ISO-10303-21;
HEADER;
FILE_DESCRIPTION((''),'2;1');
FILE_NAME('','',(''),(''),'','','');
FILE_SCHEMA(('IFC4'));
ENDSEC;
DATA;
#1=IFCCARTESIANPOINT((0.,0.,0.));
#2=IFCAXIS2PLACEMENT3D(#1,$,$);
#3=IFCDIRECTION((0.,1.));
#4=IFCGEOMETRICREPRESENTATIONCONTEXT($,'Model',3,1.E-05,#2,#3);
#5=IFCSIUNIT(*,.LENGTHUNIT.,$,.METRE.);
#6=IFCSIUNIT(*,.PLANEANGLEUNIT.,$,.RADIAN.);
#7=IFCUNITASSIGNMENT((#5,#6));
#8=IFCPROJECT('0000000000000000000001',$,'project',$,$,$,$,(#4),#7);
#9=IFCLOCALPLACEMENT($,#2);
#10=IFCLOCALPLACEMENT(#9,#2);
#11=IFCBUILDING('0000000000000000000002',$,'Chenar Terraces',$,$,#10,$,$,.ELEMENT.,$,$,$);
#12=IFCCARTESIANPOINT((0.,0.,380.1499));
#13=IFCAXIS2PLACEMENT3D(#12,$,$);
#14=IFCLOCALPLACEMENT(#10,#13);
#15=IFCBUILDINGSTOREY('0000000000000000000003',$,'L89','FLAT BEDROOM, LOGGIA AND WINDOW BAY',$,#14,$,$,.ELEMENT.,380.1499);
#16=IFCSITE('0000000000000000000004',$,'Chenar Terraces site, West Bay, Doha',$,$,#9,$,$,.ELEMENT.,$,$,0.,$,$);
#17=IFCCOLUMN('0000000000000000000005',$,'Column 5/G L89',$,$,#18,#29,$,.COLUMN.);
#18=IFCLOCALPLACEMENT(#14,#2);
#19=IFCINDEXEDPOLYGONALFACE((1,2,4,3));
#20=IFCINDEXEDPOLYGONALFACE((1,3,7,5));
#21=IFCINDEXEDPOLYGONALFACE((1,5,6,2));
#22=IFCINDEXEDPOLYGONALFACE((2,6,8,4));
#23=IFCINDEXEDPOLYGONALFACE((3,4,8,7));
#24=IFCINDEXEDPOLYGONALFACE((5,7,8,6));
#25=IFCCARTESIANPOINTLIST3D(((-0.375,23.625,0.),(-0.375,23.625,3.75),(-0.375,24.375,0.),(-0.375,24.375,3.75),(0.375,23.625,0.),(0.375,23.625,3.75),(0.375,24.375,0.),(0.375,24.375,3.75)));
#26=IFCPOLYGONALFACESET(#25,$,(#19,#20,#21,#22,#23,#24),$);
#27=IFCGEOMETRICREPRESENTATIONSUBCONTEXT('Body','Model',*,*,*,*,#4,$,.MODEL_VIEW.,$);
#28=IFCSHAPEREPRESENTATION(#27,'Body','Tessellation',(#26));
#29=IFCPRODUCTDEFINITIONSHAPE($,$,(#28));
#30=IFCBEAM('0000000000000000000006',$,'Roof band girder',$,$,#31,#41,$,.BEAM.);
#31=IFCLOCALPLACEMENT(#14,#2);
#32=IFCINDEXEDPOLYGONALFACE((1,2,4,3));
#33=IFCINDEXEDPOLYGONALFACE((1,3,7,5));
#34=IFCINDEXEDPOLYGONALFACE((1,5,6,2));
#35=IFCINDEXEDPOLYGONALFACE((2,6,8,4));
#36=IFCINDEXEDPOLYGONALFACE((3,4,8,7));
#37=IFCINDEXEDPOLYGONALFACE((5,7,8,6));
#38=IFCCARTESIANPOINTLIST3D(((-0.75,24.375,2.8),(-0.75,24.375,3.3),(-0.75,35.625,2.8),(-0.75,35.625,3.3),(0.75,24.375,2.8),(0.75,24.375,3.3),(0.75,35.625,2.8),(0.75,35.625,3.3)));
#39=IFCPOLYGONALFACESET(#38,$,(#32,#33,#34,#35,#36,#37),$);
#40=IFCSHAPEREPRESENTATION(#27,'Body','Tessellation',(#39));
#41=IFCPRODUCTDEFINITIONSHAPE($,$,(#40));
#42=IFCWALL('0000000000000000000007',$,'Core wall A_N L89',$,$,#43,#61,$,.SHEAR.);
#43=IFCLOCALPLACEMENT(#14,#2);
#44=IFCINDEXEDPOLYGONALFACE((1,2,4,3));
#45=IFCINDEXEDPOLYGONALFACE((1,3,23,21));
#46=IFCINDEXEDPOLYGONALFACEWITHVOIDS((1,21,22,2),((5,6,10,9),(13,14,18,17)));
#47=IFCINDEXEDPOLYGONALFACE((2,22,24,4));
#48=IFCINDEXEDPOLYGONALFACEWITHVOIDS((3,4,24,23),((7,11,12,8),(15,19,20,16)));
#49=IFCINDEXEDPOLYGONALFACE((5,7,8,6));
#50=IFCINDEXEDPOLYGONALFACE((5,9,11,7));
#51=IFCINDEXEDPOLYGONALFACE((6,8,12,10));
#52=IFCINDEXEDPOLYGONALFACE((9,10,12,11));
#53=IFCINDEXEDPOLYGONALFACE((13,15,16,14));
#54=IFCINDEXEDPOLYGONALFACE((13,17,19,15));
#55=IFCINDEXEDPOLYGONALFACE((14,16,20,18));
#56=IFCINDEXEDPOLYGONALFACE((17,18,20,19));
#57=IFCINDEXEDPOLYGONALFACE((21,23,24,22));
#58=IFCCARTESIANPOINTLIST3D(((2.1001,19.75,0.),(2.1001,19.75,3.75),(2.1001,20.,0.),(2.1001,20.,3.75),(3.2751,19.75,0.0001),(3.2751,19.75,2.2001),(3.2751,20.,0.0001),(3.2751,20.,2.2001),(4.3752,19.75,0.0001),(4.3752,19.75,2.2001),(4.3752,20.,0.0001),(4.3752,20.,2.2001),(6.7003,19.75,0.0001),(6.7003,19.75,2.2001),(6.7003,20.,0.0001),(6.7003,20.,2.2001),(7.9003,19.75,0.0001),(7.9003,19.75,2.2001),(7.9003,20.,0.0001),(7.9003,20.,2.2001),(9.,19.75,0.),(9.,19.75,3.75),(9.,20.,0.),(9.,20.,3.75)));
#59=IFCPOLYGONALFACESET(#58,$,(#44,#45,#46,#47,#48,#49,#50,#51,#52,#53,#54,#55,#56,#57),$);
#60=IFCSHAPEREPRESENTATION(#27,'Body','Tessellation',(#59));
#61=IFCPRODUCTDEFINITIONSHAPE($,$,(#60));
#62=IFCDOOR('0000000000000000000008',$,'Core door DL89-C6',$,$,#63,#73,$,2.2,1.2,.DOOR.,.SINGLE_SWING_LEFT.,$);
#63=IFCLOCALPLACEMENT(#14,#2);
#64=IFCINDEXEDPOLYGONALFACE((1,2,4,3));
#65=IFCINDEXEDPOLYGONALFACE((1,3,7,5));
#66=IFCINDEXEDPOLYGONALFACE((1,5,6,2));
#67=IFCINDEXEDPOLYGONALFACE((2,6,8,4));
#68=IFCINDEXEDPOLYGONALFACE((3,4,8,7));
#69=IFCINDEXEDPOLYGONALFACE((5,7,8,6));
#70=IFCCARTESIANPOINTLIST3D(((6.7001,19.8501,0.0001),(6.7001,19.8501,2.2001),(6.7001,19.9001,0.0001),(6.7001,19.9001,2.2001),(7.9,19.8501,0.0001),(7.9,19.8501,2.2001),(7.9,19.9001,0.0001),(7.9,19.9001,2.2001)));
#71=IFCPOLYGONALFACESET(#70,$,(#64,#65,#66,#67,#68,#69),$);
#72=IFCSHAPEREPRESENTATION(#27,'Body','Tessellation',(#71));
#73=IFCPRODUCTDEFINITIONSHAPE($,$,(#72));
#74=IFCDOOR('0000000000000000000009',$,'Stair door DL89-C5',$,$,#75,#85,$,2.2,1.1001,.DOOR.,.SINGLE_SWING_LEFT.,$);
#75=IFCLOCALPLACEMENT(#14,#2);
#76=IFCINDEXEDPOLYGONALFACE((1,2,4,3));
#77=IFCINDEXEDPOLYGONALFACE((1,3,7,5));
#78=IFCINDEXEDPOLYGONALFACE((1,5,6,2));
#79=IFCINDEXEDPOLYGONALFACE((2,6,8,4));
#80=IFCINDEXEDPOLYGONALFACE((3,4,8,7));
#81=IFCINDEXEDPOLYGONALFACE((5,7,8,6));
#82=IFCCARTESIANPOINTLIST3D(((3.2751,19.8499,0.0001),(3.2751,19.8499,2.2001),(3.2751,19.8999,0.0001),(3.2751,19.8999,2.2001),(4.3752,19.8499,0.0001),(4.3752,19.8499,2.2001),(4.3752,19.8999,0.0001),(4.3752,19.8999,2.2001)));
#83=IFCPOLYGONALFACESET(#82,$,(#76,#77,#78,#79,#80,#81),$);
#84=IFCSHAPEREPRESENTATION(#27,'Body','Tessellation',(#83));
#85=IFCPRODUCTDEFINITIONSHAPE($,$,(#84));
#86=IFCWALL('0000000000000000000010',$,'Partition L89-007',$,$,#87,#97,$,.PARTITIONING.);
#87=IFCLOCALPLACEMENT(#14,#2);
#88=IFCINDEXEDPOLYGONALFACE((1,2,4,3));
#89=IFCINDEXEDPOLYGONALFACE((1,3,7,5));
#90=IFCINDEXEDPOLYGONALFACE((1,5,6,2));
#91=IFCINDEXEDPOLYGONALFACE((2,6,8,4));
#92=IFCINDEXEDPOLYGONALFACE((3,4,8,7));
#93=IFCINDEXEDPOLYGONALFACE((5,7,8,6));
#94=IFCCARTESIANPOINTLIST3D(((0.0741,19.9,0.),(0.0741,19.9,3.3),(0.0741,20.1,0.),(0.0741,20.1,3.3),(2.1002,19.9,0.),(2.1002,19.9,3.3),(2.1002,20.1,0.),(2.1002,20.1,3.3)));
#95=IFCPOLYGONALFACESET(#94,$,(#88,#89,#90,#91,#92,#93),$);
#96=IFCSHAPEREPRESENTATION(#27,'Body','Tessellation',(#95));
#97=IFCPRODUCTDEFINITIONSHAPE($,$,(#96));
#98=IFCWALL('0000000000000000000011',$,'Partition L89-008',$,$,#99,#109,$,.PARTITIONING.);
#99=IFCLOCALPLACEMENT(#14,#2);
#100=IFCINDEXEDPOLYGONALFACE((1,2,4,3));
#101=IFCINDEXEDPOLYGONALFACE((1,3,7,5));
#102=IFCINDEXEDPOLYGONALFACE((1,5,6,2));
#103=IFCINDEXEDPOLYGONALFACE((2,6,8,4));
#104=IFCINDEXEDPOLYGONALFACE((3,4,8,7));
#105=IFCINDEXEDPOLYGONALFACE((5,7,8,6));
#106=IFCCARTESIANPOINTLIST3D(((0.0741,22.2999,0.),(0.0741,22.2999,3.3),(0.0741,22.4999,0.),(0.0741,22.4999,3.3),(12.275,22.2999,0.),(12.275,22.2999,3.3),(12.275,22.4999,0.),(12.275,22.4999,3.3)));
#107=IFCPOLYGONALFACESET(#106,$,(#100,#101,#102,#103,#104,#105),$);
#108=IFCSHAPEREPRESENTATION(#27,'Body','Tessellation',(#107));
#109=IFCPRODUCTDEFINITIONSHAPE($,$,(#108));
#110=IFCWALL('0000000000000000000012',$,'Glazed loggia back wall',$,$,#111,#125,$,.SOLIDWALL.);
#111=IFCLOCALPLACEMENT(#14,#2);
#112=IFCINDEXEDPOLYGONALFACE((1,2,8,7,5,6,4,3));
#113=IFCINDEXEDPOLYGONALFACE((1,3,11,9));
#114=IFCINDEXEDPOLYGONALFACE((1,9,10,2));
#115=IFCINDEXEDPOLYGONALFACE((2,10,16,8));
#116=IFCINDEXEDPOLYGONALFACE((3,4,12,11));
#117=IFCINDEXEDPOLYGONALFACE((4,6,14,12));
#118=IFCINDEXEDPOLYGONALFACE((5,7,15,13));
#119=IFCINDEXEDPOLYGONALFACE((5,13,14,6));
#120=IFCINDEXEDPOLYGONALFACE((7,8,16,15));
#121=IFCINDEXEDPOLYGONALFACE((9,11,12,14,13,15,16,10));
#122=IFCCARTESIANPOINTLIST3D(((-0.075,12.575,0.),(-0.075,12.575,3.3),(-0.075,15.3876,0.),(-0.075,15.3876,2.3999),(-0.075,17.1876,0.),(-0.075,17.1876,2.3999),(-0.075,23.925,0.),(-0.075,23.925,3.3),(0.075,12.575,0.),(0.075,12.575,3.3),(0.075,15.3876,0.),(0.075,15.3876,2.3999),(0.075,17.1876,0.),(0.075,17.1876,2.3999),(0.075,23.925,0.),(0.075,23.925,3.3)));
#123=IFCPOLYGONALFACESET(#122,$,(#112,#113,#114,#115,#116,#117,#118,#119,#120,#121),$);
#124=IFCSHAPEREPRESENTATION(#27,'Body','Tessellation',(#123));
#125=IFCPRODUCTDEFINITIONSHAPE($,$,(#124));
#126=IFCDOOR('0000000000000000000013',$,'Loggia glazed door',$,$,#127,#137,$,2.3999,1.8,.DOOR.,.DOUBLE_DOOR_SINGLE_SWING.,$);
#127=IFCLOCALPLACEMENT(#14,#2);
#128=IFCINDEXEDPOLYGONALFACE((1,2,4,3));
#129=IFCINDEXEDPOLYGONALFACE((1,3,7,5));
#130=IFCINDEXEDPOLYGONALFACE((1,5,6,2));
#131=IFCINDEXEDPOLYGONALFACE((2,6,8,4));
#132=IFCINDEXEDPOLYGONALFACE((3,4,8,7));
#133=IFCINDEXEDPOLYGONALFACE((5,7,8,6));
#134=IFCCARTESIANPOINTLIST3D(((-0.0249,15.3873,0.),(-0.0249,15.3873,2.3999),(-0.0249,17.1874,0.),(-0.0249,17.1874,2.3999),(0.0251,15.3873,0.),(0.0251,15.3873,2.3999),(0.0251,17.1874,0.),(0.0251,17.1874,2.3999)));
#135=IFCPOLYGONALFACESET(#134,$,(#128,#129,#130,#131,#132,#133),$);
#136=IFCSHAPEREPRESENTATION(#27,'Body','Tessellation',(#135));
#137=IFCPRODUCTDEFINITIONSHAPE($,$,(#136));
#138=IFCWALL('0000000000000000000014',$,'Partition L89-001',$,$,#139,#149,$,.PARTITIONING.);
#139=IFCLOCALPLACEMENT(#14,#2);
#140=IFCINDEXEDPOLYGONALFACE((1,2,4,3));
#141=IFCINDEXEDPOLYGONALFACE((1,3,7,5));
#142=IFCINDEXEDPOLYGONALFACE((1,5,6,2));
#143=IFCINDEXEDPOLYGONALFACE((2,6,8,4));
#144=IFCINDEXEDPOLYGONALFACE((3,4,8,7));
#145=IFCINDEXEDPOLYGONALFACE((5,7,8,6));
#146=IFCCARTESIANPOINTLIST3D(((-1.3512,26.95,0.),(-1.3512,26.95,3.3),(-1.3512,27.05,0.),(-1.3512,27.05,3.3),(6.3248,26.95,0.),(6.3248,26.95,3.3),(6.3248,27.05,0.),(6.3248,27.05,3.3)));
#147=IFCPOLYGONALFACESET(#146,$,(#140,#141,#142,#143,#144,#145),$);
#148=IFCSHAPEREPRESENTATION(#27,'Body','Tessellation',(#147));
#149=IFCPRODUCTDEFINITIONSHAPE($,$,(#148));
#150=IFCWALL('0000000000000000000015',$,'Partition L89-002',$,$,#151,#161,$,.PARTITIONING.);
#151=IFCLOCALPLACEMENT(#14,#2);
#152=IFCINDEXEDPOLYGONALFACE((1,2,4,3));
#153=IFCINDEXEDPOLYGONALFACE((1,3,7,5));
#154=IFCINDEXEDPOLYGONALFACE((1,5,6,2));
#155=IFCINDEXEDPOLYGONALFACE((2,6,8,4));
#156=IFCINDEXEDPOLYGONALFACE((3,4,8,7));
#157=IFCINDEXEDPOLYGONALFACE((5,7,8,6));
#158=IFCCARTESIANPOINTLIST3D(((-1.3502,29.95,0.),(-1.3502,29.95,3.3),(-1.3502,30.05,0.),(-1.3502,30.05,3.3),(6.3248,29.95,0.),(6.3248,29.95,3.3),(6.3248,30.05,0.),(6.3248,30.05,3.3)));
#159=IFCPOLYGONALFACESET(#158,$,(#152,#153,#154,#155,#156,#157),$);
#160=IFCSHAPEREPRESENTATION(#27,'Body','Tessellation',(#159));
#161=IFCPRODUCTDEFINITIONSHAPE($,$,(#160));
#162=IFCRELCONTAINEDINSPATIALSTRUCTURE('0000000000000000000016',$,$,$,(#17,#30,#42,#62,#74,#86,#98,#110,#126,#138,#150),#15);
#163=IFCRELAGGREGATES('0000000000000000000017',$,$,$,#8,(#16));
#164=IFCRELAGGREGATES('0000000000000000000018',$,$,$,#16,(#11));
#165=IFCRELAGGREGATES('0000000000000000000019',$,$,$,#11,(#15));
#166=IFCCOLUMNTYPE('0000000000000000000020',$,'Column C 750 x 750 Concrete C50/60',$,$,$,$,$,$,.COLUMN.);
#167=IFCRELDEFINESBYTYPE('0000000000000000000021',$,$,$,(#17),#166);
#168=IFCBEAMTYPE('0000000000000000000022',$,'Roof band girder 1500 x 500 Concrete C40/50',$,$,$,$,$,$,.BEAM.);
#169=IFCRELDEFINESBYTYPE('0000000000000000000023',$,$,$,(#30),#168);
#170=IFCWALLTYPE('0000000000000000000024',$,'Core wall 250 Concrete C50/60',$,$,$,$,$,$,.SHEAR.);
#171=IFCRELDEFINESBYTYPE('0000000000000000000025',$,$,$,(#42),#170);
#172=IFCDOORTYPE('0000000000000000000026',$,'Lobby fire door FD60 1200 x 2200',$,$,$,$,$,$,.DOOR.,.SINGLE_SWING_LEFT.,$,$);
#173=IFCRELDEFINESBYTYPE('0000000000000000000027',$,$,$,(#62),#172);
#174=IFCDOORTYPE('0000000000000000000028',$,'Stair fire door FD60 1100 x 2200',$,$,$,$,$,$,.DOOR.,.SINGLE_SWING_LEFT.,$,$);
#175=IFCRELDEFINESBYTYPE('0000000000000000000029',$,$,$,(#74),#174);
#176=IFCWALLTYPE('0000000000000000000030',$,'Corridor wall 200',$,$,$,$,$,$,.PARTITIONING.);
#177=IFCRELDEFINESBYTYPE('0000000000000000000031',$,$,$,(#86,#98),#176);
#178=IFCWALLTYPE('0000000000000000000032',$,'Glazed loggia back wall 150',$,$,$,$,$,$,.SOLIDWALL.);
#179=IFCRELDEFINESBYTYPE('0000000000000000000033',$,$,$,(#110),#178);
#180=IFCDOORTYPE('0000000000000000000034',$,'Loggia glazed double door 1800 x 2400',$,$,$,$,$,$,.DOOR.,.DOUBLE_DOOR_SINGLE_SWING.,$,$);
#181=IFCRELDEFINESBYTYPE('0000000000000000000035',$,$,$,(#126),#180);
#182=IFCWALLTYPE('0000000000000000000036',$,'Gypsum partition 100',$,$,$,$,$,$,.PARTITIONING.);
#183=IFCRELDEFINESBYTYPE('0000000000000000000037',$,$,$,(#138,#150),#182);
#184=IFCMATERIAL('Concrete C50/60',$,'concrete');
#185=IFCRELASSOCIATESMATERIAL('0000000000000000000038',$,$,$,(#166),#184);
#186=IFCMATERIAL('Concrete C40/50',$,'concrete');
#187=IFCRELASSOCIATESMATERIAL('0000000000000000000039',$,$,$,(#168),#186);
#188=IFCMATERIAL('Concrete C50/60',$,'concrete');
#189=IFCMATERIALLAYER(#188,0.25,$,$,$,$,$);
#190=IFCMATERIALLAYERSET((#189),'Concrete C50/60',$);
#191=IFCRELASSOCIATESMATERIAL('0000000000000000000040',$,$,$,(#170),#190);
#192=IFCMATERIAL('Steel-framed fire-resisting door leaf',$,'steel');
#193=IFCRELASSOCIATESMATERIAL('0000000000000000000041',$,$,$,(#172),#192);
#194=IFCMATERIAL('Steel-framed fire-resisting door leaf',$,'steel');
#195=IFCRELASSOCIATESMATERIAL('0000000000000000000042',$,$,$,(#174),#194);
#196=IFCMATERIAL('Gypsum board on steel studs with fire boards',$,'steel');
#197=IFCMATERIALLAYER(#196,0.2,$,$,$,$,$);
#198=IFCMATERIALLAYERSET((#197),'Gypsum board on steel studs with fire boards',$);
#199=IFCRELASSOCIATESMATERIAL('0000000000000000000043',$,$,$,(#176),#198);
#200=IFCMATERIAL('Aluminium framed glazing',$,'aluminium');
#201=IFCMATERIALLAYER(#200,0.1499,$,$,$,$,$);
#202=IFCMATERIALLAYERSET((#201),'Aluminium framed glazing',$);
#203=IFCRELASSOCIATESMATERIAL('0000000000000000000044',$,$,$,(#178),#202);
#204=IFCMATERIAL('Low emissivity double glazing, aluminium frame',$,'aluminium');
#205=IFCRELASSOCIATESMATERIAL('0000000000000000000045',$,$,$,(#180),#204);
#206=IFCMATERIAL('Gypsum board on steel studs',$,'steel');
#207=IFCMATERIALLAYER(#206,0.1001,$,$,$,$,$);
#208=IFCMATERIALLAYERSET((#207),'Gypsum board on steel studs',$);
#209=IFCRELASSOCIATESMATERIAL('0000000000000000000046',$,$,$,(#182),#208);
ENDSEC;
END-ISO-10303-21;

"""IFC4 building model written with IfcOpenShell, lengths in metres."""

from ifc_helpers import new_model, si_unit, direction, frame, frame_2d, origin, origin_2d, place, context, subcontext, project, spatial, rectangle, extrude, material, layer, layer_set, material_profile, profile_set, type_object, element, fill, save


model = new_model("IFC4")

# Units and contexts
model_context = context("Model", 3, precision=1e-05, world=origin(), true_north=direction((0.0, 1.0)))
body_context = subcontext(model_context, "Body", "Model", "MODEL_VIEW")
ifc_project = project(units=[si_unit("LENGTHUNIT", "METRE"), si_unit("PLANEANGLEUNIT", "RADIAN")], contexts=[model_context])

# Site, building, storey
site_placement = place(None, origin())
site = spatial("IfcSite", under=ifc_project, at=site_placement, Name="Chenar Terraces site, West Bay, Doha", CompositionType="ELEMENT", RefElevation=0.0)
building_placement = place(site_placement, origin())
building = spatial("IfcBuilding", under=site, at=building_placement, Name="Chenar Terraces", CompositionType="ELEMENT")
storey_placement = place(building_placement, frame((0.0, 0.0, 380.1499)))
storey = spatial("IfcBuildingStorey", under=building, at=storey_placement, Name="L89", Description="FLAT BEDROOM, LOGGIA AND WINDOW BAY", CompositionType="ELEMENT", Elevation=380.1499)

# Column
ifc_material_1 = material(Name="Concrete C50/60", Category="concrete")
ifc_material_profile_1 = material_profile(ifc_material_1, rectangle(XDim=0.75, YDim=0.75, at=origin_2d()), Name="C 750 x 750")
ifc_profile_set_1 = profile_set([ifc_material_profile_1], Name="Concrete C50/60")
column_type = type_object("IfcColumnType", Name="Column C 750 x 750 Concrete C50/60", PredefinedType="COLUMN", material=ifc_profile_set_1)
column_placement = place(storey_placement, frame((0.0, 24.0, 0.0), z_axis=(0.0, 0.0, 1.0), x_axis=(1.0, 0.0, 0.0)))
element("IfcColumn", 1, at=column_placement, inside=storey, type_object=column_type, Name="Column 5/G L89", PredefinedType="COLUMN", context=body_context, shape_type="SweptSolid", body=[
    extrude(rectangle(XDim=0.75, YDim=0.75, at=origin_2d()), origin(), (0.0, 0.0, 1.0), 3.75),
])

# Beam
ifc_material_2 = material(Name="Concrete C40/50", Category="concrete")
ifc_material_profile_2 = material_profile(ifc_material_2, rectangle(XDim=1.5, YDim=0.5, at=origin_2d()), Name="RC 1500 x 500")
ifc_profile_set_2 = profile_set([ifc_material_profile_2], Name="Concrete C40/50")
beam_type = type_object("IfcBeamType", Name="Roof band girder 1500 x 500 Concrete C40/50", PredefinedType="BEAM", material=ifc_profile_set_2)
beam_placement = place(storey_placement, frame((0.0, 24.375, 3.05), z_axis=(0.0, 1.0, 0.0), x_axis=(-1.0, 0.0, 0.0)))
element("IfcBeam", 2, at=beam_placement, inside=storey, type_object=beam_type, Name="Roof band girder", PredefinedType="BEAM", context=body_context, shape_type="SweptSolid", body=[
    extrude(rectangle(XDim=1.5, YDim=0.5, at=origin_2d()), origin(), (0.0, 0.0, 1.0), 11.25),
])

# Wall, openings, doors
ifc_material_3 = material(Name="Concrete C50/60", Category="concrete")
ifc_layer_1 = layer(ifc_material_3, 0.25)
ifc_layer_set_1 = layer_set([ifc_layer_1], Name="Concrete C50/60")
wall_type_1 = type_object("IfcWallType", Name="Core wall 250 Concrete C50/60", PredefinedType="SHEAR", material=ifc_layer_set_1)
wall_1_placement = place(storey_placement, frame((2.1001, 19.875, 0.0), z_axis=(0.0, 0.0, 1.0), x_axis=(1.0, 0.0, 0.0)))
wall_1 = element("IfcWall", 3, at=wall_1_placement, inside=storey, type_object=wall_type_1, Name="Core wall A_N L89", PredefinedType="SHEAR", context=body_context, shape_type="SweptSolid", body=[
    extrude(rectangle(XDim=6.8999, YDim=0.25, at=frame_2d((3.45, 0.0))), origin(), (0.0, 0.0, 1.0), 3.75),
])
opening_1_placement = place(wall_1_placement, frame((1.175, 0.0, 0.0)))
opening_1 = element("IfcOpeningElement", 4, at=opening_1_placement, cuts=wall_1, PredefinedType="OPENING", context=body_context, shape_type="SweptSolid", body=[
    extrude(rectangle(XDim=1.1001, YDim=2.2, at=frame_2d((0.55, 1.1001))), frame((0.0, 0.135, 0.0), z_axis=(0.0, -1.0, 0.0), x_axis=(1.0, 0.0, 0.0)), (0.0, 0.0, 1.0), 0.27),
])
opening_2_placement = place(wall_1_placement, frame((4.6001, 0.0, 0.0)))
opening_2 = element("IfcOpeningElement", 5, at=opening_2_placement, cuts=wall_1, PredefinedType="OPENING", context=body_context, shape_type="SweptSolid", body=[
    extrude(rectangle(XDim=1.2, YDim=2.2, at=frame_2d((0.6001, 1.1001))), frame((0.0, 0.135, 0.0), z_axis=(0.0, -1.0, 0.0), x_axis=(1.0, 0.0, 0.0)), (0.0, 0.0, 1.0), 0.27),
])
ifc_material_4 = material(Name="Steel-framed fire-resisting door leaf", Category="steel")
door_type_1 = type_object("IfcDoorType", Name="Lobby fire door FD60 1200 x 2200", OperationType="SINGLE_SWING_LEFT", PredefinedType="DOOR", material=ifc_material_4)
door_1_placement = place(opening_2_placement, frame((1.2, 0.0, 0.0), z_axis=(0.0, 0.0, 1.0), x_axis=(-1.0, 0.0, 0.0)))
door_1 = element("IfcDoor", 6, at=door_1_placement, inside=storey, type_object=door_type_1, Name="Core door DL89-C6", OperationType="SINGLE_SWING_LEFT", OverallHeight=2.2, OverallWidth=1.2, PredefinedType="DOOR", context=body_context, shape_type="SweptSolid", body=[
    extrude(rectangle(XDim=1.2, YDim=2.2, at=frame_2d((0.6001, 1.1001))), frame((0.0, 0.0249, 0.0), z_axis=(0.0, -1.0, 0.0), x_axis=(1.0, 0.0, 0.0)), (0.0, 0.0, 1.0), 0.05),
])
fill(opening_2, door_1)
ifc_material_5 = material(Name="Steel-framed fire-resisting door leaf", Category="steel")
door_type_2 = type_object("IfcDoorType", Name="Stair fire door FD60 1100 x 2200", OperationType="SINGLE_SWING_LEFT", PredefinedType="DOOR", material=ifc_material_5)
door_2_placement = place(opening_1_placement, origin())
door_2 = element("IfcDoor", 7, at=door_2_placement, inside=storey, type_object=door_type_2, Name="Stair door DL89-C5", OperationType="SINGLE_SWING_LEFT", OverallHeight=2.2, OverallWidth=1.1001, PredefinedType="DOOR", context=body_context, shape_type="SweptSolid", body=[
    extrude(rectangle(XDim=1.1001, YDim=2.2, at=frame_2d((0.55, 1.1001))), frame((0.0, 0.0249, 0.0), z_axis=(0.0, -1.0, 0.0), x_axis=(1.0, 0.0, 0.0)), (0.0, 0.0, 1.0), 0.05),
])
fill(opening_1, door_2)

# Walls
ifc_material_6 = material(Name="Gypsum board on steel studs with fire boards", Category="steel")
ifc_layer_2 = layer(ifc_material_6, 0.2)
ifc_layer_set_2 = layer_set([ifc_layer_2], Name="Gypsum board on steel studs with fire boards")
wall_type_2 = type_object("IfcWallType", Name="Corridor wall 200", PredefinedType="PARTITIONING", material=ifc_layer_set_2)
wall_2_placement = place(storey_placement, frame((0.074, 20.0, 0.0), z_axis=(0.0, 0.0, 1.0), x_axis=(1.0, 0.0, 0.0)))
element("IfcWall", 8, at=wall_2_placement, inside=storey, type_object=wall_type_2, Name="Partition L89-007", PredefinedType="PARTITIONING", context=body_context, shape_type="SweptSolid", body=[
    extrude(rectangle(XDim=2.0261, YDim=0.2, at=frame_2d((1.0132, 0.0))), origin(), (0.0, 0.0, 1.0), 3.3),
])
wall_3_placement = place(storey_placement, frame((0.074, 22.3999, 0.0), z_axis=(0.0, 0.0, 1.0), x_axis=(1.0, 0.0, 0.0)))
element("IfcWall", 9, at=wall_3_placement, inside=storey, type_object=wall_type_2, Name="Partition L89-008", PredefinedType="PARTITIONING", context=body_context, shape_type="SweptSolid", body=[
    extrude(rectangle(XDim=12.2009, YDim=0.2, at=frame_2d((6.1006, 0.0))), origin(), (0.0, 0.0, 1.0), 3.3),
])

# Wall, opening, door
ifc_material_7 = material(Name="Aluminium framed glazing", Category="aluminium")
ifc_layer_3 = layer(ifc_material_7, 0.1499)
ifc_layer_set_3 = layer_set([ifc_layer_3], Name="Aluminium framed glazing")
wall_type_3 = type_object("IfcWallType", Name="Glazed loggia back wall 150", PredefinedType="SOLIDWALL", material=ifc_layer_set_3)
wall_4_placement = place(storey_placement, frame((0.0, 23.925, 0.0), z_axis=(0.0, 0.0, 1.0), x_axis=(0.0, -1.0, 0.0)))
wall_4 = element("IfcWall", 10, at=wall_4_placement, inside=storey, type_object=wall_type_3, Name="Glazed loggia back wall", PredefinedType="SOLIDWALL", context=body_context, shape_type="SweptSolid", body=[
    extrude(rectangle(XDim=11.3501, YDim=0.1499, at=frame_2d((5.675, 0.0))), origin(), (0.0, 0.0, 1.0), 3.3),
])
opening_3_placement = place(wall_4_placement, frame((6.7375, 0.0, 0.0)))
opening_3 = element("IfcOpeningElement", 11, at=opening_3_placement, cuts=wall_4, PredefinedType="OPENING", context=body_context, shape_type="SweptSolid", body=[
    extrude(rectangle(XDim=1.8, YDim=2.3999, at=frame_2d((0.8999, 1.2))), frame((0.0, 0.085, 0.0), z_axis=(0.0, -1.0, 0.0), x_axis=(1.0, 0.0, 0.0)), (0.0, 0.0, 1.0), 0.1699),
])
ifc_material_8 = material(Name="Low emissivity double glazing, aluminium frame", Category="aluminium")
door_type_3 = type_object("IfcDoorType", Name="Loggia glazed double door 1800 x 2400", OperationType="DOUBLE_DOOR_SINGLE_SWING", PredefinedType="DOOR", material=ifc_material_8)
door_3_placement = place(opening_3_placement, frame((1.8, 0.0, 0.0), z_axis=(0.0, 0.0, 1.0), x_axis=(-1.0, 0.0, 0.0)))
door_3 = element("IfcDoor", 12, at=door_3_placement, inside=storey, type_object=door_type_3, Name="Loggia glazed door", OperationType="DOUBLE_DOOR_SINGLE_SWING", OverallHeight=2.3999, OverallWidth=1.8, PredefinedType="DOOR", context=body_context, shape_type="SweptSolid", body=[
    extrude(rectangle(XDim=1.8, YDim=2.3999, at=frame_2d((0.8999, 1.2))), frame((0.0, 0.0249, 0.0), z_axis=(0.0, -1.0, 0.0), x_axis=(1.0, 0.0, 0.0)), (0.0, 0.0, 1.0), 0.05),
])
fill(opening_3, door_3)

# Walls
ifc_material_9 = material(Name="Gypsum board on steel studs", Category="steel")
ifc_layer_4 = layer(ifc_material_9, 0.1001)
ifc_layer_set_4 = layer_set([ifc_layer_4], Name="Gypsum board on steel studs")
wall_type_4 = type_object("IfcWallType", Name="Gypsum partition 100", PredefinedType="PARTITIONING", material=ifc_layer_set_4)
wall_5_placement = place(storey_placement, frame((-1.3511, 27.0, 0.0), z_axis=(0.0, 0.0, 1.0), x_axis=(1.0, 0.0, 0.0)))
element("IfcWall", 13, at=wall_5_placement, inside=storey, type_object=wall_type_4, Name="Partition L89-001", PredefinedType="PARTITIONING", context=body_context, shape_type="SweptSolid", body=[
    extrude(rectangle(XDim=7.676, YDim=0.1001, at=frame_2d((3.8379, 0.0))), origin(), (0.0, 0.0, 1.0), 3.3),
])
wall_6_placement = place(storey_placement, frame((-1.3501, 30.0, 0.0), z_axis=(0.0, 0.0, 1.0), x_axis=(1.0, 0.0, 0.0)))
element("IfcWall", 14, at=wall_6_placement, inside=storey, type_object=wall_type_4, Name="Partition L89-002", PredefinedType="PARTITIONING", context=body_context, shape_type="SweptSolid", body=[
    extrude(rectangle(XDim=7.675, YDim=0.1001, at=frame_2d((3.8374, 0.0))), origin(), (0.0, 0.0, 1.0), 3.3),
])

save(model, "model.ifc")
